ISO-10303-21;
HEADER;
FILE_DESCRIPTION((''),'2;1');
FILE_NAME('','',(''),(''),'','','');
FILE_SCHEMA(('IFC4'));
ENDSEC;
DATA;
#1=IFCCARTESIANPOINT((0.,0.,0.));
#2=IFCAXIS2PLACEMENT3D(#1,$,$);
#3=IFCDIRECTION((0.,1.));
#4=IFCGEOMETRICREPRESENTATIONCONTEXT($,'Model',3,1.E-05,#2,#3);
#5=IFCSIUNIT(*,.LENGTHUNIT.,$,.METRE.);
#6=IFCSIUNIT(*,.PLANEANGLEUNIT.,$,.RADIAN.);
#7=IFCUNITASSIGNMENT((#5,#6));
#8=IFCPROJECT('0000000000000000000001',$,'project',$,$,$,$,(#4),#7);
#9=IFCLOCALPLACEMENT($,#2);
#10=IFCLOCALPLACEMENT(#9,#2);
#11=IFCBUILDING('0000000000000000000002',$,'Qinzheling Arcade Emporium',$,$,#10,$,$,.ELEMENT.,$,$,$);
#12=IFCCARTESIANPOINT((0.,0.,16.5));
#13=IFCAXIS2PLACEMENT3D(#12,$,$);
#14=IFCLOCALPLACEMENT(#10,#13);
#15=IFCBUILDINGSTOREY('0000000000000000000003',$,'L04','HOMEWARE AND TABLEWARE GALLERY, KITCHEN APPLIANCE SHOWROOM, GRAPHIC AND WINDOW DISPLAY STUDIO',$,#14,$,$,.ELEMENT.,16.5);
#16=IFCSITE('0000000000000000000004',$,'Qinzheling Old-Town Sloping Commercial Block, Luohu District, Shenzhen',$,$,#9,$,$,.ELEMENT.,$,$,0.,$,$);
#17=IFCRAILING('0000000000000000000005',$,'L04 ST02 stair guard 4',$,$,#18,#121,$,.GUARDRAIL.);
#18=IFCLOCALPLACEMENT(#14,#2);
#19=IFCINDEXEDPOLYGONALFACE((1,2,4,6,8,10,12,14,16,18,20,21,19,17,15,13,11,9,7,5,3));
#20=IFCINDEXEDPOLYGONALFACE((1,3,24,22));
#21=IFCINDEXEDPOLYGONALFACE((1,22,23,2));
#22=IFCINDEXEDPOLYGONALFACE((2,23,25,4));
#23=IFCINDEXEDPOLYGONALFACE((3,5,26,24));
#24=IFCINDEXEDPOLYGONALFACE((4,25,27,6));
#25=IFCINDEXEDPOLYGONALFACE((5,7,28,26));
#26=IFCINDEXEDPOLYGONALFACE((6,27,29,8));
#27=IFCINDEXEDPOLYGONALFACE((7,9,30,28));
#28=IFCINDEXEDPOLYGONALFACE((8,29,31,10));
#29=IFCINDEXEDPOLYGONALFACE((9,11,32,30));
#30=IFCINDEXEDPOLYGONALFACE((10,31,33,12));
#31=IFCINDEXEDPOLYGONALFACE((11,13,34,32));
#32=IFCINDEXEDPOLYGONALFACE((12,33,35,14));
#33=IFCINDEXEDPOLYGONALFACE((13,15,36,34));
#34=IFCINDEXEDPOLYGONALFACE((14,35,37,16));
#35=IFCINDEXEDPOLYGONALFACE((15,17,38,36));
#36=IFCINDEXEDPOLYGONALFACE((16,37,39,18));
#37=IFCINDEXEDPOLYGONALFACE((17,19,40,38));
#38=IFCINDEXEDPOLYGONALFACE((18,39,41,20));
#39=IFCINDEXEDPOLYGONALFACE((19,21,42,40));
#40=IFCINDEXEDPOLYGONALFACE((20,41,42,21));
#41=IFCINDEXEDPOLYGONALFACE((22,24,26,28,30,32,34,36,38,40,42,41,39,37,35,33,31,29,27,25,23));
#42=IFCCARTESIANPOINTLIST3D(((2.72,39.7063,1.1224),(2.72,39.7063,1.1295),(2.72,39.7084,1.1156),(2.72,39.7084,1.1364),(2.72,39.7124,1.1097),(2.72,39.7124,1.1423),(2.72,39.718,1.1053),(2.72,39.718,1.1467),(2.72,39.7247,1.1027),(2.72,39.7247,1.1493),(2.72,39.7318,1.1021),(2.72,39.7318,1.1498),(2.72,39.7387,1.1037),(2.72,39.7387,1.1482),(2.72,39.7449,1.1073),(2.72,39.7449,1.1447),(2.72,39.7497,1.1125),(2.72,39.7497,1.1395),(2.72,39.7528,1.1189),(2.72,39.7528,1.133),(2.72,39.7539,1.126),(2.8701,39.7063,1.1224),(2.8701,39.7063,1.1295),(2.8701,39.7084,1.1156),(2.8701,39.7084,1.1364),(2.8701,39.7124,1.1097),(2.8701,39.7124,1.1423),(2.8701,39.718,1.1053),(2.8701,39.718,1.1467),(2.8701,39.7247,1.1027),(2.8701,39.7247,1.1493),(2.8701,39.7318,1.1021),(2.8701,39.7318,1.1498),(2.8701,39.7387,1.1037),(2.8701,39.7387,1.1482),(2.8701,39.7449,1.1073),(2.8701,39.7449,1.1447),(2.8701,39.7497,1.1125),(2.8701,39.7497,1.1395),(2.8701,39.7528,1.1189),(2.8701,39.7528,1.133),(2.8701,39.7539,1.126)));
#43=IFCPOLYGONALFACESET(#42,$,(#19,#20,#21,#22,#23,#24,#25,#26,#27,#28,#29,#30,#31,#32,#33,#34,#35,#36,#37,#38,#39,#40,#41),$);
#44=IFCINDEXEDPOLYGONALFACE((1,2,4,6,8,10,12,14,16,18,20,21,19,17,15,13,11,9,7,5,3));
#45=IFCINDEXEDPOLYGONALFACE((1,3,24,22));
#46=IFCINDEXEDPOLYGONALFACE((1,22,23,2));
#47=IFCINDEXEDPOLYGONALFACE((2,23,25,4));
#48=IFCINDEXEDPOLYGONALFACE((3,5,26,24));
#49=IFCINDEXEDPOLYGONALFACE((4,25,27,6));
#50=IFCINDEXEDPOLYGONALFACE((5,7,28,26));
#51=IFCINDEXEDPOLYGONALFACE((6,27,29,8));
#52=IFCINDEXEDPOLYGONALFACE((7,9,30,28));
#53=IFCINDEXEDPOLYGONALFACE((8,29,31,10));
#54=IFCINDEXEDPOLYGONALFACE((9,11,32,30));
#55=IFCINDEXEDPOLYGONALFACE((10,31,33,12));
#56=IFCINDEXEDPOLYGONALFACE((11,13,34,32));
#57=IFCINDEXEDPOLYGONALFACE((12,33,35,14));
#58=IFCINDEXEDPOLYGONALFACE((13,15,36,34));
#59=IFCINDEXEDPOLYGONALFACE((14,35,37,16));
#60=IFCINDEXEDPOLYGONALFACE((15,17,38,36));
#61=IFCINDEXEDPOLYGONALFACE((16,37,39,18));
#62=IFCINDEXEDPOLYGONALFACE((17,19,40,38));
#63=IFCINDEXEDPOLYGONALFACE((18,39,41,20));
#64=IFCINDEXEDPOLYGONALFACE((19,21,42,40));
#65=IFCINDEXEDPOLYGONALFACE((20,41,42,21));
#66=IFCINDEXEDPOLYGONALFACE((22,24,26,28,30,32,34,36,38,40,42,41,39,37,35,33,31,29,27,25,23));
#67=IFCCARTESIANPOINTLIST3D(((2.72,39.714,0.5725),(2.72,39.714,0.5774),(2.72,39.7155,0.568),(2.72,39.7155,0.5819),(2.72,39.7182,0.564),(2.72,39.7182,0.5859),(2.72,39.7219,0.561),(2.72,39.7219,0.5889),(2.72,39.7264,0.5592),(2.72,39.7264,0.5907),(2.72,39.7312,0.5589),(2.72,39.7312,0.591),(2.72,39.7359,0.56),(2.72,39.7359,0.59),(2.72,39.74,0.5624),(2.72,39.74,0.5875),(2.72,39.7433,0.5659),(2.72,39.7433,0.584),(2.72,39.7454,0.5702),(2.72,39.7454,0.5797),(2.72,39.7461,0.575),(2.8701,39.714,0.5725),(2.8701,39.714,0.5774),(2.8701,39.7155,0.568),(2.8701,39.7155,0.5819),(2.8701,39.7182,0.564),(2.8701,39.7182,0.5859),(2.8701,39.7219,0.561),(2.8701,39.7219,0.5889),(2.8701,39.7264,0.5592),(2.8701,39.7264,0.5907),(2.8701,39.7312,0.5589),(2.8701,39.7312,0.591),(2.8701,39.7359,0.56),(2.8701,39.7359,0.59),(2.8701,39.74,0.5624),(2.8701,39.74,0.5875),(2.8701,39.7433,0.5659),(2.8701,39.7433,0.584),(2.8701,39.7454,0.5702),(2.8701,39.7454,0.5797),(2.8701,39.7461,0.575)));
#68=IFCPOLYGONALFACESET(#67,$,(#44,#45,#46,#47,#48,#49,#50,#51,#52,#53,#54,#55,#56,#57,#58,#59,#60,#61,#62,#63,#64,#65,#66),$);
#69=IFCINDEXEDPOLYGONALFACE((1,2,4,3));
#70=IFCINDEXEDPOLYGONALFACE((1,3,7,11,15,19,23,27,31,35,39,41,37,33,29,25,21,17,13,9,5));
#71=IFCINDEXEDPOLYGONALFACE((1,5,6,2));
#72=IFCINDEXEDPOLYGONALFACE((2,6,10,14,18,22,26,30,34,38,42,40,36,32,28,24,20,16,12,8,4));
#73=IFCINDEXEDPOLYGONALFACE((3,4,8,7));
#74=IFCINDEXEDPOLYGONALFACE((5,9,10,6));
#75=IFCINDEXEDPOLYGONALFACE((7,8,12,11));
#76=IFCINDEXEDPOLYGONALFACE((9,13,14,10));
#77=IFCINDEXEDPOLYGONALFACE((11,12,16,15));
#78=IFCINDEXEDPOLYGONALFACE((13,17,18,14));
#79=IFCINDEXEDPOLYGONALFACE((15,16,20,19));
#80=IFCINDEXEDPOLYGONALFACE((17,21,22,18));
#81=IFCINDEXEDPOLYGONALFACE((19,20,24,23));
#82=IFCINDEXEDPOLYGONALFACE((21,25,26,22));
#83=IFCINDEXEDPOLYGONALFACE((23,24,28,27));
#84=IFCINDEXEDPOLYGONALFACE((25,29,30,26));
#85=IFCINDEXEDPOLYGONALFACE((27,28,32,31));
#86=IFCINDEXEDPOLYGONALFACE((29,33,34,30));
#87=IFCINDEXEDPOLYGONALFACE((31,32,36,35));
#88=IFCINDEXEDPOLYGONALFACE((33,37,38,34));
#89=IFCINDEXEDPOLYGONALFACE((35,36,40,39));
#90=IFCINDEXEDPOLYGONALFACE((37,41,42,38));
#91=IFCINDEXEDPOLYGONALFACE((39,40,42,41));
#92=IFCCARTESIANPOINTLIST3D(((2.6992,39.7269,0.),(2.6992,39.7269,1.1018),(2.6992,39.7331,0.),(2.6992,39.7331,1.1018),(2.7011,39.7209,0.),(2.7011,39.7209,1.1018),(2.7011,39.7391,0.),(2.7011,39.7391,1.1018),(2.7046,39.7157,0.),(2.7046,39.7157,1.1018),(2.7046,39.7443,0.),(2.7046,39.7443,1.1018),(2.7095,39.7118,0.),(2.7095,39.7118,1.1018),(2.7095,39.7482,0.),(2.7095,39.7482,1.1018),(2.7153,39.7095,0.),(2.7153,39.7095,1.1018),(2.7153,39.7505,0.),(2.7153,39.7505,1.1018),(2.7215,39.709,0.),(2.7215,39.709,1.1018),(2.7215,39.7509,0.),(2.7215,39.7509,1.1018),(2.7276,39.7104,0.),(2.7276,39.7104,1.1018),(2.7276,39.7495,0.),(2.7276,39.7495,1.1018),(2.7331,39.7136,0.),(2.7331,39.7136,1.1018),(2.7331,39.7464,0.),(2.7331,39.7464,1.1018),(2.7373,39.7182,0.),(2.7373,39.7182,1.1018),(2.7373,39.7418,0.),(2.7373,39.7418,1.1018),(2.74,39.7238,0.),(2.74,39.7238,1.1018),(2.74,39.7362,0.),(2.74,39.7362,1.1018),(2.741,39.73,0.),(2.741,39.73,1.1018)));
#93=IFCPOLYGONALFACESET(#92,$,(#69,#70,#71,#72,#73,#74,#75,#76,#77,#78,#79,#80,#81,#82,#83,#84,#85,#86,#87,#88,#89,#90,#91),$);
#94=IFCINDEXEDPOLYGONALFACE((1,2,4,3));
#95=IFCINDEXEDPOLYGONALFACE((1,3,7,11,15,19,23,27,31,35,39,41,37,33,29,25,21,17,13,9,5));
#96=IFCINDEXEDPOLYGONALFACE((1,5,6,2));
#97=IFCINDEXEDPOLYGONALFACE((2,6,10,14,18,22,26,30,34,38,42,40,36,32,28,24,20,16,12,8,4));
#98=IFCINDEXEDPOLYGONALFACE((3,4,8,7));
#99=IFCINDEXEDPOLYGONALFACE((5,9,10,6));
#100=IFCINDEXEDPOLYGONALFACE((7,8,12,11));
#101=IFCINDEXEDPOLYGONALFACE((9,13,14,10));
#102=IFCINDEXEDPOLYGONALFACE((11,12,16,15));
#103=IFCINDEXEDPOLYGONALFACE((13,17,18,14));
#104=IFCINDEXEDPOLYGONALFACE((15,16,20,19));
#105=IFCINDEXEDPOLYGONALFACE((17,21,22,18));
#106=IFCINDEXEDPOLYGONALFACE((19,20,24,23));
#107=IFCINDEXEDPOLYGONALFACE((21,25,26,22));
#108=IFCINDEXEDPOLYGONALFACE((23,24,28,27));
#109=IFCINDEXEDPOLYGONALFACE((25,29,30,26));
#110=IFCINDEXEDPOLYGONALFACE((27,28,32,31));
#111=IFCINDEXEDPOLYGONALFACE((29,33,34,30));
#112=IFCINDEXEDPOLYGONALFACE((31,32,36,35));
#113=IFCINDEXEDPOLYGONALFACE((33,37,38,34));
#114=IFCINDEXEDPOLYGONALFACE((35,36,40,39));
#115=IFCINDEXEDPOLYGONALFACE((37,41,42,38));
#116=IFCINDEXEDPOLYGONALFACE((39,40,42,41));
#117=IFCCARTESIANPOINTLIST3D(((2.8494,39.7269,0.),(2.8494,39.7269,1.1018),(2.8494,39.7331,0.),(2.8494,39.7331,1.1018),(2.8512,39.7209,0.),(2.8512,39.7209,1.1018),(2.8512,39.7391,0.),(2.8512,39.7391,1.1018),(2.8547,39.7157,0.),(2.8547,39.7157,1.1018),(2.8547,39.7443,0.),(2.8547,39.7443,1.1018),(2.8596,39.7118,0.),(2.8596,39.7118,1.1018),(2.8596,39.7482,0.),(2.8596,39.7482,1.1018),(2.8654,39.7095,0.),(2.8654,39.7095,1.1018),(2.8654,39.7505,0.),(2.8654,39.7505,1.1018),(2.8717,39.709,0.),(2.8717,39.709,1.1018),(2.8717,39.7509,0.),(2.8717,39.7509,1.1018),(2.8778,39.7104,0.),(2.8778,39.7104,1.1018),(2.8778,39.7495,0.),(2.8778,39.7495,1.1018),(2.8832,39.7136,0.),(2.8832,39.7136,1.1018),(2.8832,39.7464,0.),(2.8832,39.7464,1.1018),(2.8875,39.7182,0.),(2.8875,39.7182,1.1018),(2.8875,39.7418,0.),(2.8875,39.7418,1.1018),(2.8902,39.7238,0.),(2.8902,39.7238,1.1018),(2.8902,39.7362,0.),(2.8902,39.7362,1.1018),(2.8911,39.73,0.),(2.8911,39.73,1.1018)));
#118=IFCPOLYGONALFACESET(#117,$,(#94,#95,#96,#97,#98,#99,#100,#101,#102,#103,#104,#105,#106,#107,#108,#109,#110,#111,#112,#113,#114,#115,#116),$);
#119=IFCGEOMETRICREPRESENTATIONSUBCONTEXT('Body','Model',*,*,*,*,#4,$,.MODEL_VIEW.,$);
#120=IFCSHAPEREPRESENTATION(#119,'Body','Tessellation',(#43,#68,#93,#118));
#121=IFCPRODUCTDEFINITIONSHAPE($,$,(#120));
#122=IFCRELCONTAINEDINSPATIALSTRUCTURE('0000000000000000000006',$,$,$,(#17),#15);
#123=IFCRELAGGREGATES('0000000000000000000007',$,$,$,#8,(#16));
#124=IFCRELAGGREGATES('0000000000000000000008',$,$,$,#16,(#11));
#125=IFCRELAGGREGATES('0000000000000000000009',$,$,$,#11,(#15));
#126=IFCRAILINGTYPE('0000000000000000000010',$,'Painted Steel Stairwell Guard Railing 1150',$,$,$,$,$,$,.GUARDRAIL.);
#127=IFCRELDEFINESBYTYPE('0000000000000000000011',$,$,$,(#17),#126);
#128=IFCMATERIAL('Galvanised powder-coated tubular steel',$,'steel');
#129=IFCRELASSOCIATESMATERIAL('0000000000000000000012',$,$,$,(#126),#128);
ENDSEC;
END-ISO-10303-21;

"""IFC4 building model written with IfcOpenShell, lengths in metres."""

from ifc_helpers import new_model, si_unit, direction, frame, origin, origin_2d, place, context, subcontext, project, spatial, circle, extrude, material, type_object, element, save


model = new_model("IFC4")

# Units and contexts
model_context = context("Model", 3, precision=1e-05, world=origin(), true_north=direction((0.0, 1.0)))
body_context = subcontext(model_context, "Body", "Model", "MODEL_VIEW")
ifc_project = project(units=[si_unit("LENGTHUNIT", "METRE"), si_unit("PLANEANGLEUNIT", "RADIAN")], contexts=[model_context])

# Site, building, storey
site_placement = place(None, origin())
site = spatial("IfcSite", under=ifc_project, at=site_placement, Name="Qinzheling Old-Town Sloping Commercial Block, Luohu District, Shenzhen", CompositionType="ELEMENT", RefElevation=0.0)
building_placement = place(site_placement, origin())
building = spatial("IfcBuilding", under=site, at=building_placement, Name="Qinzheling Arcade Emporium", CompositionType="ELEMENT")
storey_placement = place(building_placement, frame((0.0, 0.0, 16.5)))
storey = spatial("IfcBuildingStorey", under=building, at=storey_placement, Name="L04", Description="HOMEWARE AND TABLEWARE GALLERY, KITCHEN APPLIANCE SHOWROOM, GRAPHIC AND WINDOW DISPLAY STUDIO", CompositionType="ELEMENT", Elevation=16.5)

# Railing
ifc_material_1 = material(Name="Galvanised powder-coated tubular steel", Category="steel")
railing_type_1 = type_object("IfcRailingType", Name="Painted Steel Stairwell Guard Railing 1150", PredefinedType="GUARDRAIL", material=ifc_material_1)
railing_1_placement = place(storey_placement, frame((2.72, 39.73, 0.0)))
element("IfcRailing", 1, at=railing_1_placement, inside=storey, type_object=railing_type_1, Name="L04 ST02 stair guard 4", PredefinedType="GUARDRAIL", context=body_context, shape_type="SweptSolid", body=[
    extrude(circle(Radius=0.0239, at=origin_2d()), frame((0.0, 0.0, 1.126), z_axis=(1.0, 0.0, 0.0), x_axis=(0.0, 1.0, 0.0)), (0.0, 0.0, 1.0), 0.1501),
    extrude(circle(Radius=0.0161, at=origin_2d()), frame((0.0, 0.0, 0.575), z_axis=(1.0, 0.0, 0.0), x_axis=(0.0, 1.0, 0.0)), (0.0, 0.0, 1.0), 0.1501),
    extrude(circle(Radius=0.021, at=origin_2d()), origin(), (0.0, 0.0, 1.0), 1.1018),
    extrude(circle(Radius=0.021, at=origin_2d()), frame((0.1501, 0.0, 0.0)), (0.0, 0.0, 1.0), 1.1018),
])

save(model, "model.ifc")
